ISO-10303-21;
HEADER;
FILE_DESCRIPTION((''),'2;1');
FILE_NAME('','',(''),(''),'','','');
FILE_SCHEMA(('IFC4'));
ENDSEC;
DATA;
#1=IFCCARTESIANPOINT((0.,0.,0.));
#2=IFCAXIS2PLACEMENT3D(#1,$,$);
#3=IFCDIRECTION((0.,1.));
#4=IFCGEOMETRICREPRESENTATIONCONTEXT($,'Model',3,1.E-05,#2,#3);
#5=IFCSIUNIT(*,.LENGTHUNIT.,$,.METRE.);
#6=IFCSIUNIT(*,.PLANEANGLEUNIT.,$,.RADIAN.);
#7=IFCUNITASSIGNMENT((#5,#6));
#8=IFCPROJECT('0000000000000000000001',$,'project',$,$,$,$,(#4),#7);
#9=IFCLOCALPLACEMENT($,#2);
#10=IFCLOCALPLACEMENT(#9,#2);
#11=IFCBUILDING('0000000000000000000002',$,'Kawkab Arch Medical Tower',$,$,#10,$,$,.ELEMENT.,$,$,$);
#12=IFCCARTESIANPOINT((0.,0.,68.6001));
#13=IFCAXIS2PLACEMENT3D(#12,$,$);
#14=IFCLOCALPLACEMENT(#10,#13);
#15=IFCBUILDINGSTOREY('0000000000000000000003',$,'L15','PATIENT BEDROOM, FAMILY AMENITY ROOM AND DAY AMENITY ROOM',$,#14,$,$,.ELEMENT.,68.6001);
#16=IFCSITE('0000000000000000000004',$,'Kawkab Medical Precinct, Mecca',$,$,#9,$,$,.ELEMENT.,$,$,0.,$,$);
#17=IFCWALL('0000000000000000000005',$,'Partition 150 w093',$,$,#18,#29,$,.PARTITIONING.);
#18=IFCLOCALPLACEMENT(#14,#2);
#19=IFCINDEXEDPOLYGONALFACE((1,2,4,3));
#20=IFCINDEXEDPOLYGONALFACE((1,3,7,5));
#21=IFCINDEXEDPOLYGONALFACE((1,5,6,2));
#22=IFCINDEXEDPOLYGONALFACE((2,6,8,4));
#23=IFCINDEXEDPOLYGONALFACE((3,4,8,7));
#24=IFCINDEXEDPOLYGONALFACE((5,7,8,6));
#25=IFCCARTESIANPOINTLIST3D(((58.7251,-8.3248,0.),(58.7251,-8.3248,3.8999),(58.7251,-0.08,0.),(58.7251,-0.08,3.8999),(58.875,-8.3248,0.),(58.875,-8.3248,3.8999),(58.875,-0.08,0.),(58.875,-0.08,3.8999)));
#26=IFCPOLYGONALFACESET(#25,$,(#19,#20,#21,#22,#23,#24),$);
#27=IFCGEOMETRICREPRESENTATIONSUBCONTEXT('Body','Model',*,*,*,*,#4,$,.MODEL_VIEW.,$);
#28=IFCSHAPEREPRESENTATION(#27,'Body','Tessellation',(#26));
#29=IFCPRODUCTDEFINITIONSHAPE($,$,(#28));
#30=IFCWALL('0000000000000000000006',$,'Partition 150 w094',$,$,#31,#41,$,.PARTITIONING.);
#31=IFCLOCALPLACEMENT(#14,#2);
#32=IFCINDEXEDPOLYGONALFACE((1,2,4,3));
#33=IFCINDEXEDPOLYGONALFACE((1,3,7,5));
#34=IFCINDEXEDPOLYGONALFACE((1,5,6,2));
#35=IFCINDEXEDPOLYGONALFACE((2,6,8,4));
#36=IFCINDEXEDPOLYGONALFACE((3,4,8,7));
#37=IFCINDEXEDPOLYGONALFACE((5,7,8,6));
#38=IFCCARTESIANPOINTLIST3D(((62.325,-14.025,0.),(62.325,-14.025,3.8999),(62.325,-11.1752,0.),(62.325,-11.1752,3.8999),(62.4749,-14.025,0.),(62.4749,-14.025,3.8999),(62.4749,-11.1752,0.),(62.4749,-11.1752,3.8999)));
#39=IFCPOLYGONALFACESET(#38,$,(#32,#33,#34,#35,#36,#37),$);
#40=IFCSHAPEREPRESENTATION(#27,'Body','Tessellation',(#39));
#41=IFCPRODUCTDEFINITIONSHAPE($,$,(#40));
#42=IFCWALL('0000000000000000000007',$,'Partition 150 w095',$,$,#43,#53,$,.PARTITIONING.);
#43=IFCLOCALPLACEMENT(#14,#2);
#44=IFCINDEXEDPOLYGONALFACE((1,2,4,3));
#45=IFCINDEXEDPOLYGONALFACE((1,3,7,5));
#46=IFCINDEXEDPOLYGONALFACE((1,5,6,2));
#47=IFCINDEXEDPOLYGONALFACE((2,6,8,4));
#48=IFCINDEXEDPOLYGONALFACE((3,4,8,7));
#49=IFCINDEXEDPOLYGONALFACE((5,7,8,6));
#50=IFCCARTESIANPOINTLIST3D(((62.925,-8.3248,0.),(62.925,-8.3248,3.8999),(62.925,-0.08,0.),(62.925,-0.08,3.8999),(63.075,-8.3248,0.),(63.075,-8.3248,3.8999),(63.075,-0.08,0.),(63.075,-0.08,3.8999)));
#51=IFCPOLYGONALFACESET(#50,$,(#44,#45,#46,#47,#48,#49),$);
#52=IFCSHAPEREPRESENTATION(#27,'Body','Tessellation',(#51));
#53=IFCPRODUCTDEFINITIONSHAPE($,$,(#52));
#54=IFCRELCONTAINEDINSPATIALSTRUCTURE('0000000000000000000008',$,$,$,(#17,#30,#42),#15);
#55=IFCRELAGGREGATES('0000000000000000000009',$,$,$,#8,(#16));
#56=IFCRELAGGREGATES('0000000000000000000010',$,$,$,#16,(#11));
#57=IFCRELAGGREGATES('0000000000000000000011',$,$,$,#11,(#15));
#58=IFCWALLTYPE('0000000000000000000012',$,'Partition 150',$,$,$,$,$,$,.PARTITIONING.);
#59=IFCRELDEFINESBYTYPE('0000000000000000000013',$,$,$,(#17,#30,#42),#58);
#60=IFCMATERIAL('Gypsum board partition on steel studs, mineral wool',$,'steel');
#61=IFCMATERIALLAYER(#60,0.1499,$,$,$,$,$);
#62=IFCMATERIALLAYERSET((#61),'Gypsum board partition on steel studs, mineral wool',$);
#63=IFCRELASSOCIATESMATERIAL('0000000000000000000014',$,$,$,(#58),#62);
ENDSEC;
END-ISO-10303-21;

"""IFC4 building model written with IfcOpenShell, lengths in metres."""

from ifc_helpers import new_model, si_unit, direction, frame, frame_2d, origin, place, context, subcontext, project, spatial, rectangle, extrude, material, layer, layer_set, type_object, element, save


model = new_model("IFC4")

# Units and contexts
model_context = context("Model", 3, precision=1e-05, world=origin(), true_north=direction((0.0, 1.0)))
body_context = subcontext(model_context, "Body", "Model", "MODEL_VIEW")
ifc_project = project(units=[si_unit("LENGTHUNIT", "METRE"), si_unit("PLANEANGLEUNIT", "RADIAN")], contexts=[model_context])

# Site, building, storey
site_placement = place(None, origin())
site = spatial("IfcSite", under=ifc_project, at=site_placement, Name="Kawkab Medical Precinct, Mecca", CompositionType="ELEMENT", RefElevation=0.0)
building_placement = place(site_placement, origin())
building = spatial("IfcBuilding", under=site, at=building_placement, Name="Kawkab Arch Medical Tower", CompositionType="ELEMENT")
storey_placement = place(building_placement, frame((0.0, 0.0, 68.6001)))
storey = spatial("IfcBuildingStorey", under=building, at=storey_placement, Name="L15", Description="PATIENT BEDROOM, FAMILY AMENITY ROOM AND DAY AMENITY ROOM", CompositionType="ELEMENT", Elevation=68.6001)

# Shared definitions
ifc_material_1 = material(Name="Gypsum board partition on steel studs, mineral wool", Category="steel")
ifc_layer_1 = layer(ifc_material_1, 0.1499)
ifc_layer_set_1 = layer_set([ifc_layer_1], Name="Gypsum board partition on steel studs, mineral wool")
wall_type_1 = type_object("IfcWallType", Name="Partition 150", PredefinedType="PARTITIONING", material=ifc_layer_set_1)

# Walls
for number, where, z_axis, x_axis, name in (
    (1, (58.8, -8.325, 0.0), (0.0, 0.0, 1.0), (0.0, 1.0, 0.0), "Partition 150 w093"),
):
    element("IfcWall", number, at=place(storey_placement, frame(where, z_axis=z_axis, x_axis=x_axis)), inside=storey, type_object=wall_type_1, Name=name, PredefinedType="PARTITIONING", context=body_context, shape_type="SweptSolid", body=[
        extrude(rectangle(XDim=8.2449, YDim=0.1499, at=frame_2d((4.1226, 0.0))), origin(), (0.0, 0.0, 1.0), 3.8999),
    ])
wall_1_placement = place(storey_placement, frame((62.3999, -14.0249, 0.0), z_axis=(0.0, 0.0, 1.0), x_axis=(0.0, 1.0, 0.0)))
element("IfcWall", 2, at=wall_1_placement, inside=storey, type_object=wall_type_1, Name="Partition 150 w094", PredefinedType="PARTITIONING", context=body_context, shape_type="SweptSolid", body=[
    extrude(rectangle(XDim=2.8499, YDim=0.1499, at=frame_2d((1.4248, 0.0))), origin(), (0.0, 0.0, 1.0), 3.8999),
])
wall_2_placement = place(storey_placement, frame((63.0, -8.325, 0.0), z_axis=(0.0, 0.0, 1.0), x_axis=(0.0, 1.0, 0.0)))
element("IfcWall", 3, at=wall_2_placement, inside=storey, type_object=wall_type_1, Name="Partition 150 w095", PredefinedType="PARTITIONING", context=body_context, shape_type="SweptSolid", body=[
    extrude(rectangle(XDim=8.2449, YDim=0.1499, at=frame_2d((4.1226, 0.0))), origin(), (0.0, 0.0, 1.0), 3.8999),
])

save(model, "model.ifc")
